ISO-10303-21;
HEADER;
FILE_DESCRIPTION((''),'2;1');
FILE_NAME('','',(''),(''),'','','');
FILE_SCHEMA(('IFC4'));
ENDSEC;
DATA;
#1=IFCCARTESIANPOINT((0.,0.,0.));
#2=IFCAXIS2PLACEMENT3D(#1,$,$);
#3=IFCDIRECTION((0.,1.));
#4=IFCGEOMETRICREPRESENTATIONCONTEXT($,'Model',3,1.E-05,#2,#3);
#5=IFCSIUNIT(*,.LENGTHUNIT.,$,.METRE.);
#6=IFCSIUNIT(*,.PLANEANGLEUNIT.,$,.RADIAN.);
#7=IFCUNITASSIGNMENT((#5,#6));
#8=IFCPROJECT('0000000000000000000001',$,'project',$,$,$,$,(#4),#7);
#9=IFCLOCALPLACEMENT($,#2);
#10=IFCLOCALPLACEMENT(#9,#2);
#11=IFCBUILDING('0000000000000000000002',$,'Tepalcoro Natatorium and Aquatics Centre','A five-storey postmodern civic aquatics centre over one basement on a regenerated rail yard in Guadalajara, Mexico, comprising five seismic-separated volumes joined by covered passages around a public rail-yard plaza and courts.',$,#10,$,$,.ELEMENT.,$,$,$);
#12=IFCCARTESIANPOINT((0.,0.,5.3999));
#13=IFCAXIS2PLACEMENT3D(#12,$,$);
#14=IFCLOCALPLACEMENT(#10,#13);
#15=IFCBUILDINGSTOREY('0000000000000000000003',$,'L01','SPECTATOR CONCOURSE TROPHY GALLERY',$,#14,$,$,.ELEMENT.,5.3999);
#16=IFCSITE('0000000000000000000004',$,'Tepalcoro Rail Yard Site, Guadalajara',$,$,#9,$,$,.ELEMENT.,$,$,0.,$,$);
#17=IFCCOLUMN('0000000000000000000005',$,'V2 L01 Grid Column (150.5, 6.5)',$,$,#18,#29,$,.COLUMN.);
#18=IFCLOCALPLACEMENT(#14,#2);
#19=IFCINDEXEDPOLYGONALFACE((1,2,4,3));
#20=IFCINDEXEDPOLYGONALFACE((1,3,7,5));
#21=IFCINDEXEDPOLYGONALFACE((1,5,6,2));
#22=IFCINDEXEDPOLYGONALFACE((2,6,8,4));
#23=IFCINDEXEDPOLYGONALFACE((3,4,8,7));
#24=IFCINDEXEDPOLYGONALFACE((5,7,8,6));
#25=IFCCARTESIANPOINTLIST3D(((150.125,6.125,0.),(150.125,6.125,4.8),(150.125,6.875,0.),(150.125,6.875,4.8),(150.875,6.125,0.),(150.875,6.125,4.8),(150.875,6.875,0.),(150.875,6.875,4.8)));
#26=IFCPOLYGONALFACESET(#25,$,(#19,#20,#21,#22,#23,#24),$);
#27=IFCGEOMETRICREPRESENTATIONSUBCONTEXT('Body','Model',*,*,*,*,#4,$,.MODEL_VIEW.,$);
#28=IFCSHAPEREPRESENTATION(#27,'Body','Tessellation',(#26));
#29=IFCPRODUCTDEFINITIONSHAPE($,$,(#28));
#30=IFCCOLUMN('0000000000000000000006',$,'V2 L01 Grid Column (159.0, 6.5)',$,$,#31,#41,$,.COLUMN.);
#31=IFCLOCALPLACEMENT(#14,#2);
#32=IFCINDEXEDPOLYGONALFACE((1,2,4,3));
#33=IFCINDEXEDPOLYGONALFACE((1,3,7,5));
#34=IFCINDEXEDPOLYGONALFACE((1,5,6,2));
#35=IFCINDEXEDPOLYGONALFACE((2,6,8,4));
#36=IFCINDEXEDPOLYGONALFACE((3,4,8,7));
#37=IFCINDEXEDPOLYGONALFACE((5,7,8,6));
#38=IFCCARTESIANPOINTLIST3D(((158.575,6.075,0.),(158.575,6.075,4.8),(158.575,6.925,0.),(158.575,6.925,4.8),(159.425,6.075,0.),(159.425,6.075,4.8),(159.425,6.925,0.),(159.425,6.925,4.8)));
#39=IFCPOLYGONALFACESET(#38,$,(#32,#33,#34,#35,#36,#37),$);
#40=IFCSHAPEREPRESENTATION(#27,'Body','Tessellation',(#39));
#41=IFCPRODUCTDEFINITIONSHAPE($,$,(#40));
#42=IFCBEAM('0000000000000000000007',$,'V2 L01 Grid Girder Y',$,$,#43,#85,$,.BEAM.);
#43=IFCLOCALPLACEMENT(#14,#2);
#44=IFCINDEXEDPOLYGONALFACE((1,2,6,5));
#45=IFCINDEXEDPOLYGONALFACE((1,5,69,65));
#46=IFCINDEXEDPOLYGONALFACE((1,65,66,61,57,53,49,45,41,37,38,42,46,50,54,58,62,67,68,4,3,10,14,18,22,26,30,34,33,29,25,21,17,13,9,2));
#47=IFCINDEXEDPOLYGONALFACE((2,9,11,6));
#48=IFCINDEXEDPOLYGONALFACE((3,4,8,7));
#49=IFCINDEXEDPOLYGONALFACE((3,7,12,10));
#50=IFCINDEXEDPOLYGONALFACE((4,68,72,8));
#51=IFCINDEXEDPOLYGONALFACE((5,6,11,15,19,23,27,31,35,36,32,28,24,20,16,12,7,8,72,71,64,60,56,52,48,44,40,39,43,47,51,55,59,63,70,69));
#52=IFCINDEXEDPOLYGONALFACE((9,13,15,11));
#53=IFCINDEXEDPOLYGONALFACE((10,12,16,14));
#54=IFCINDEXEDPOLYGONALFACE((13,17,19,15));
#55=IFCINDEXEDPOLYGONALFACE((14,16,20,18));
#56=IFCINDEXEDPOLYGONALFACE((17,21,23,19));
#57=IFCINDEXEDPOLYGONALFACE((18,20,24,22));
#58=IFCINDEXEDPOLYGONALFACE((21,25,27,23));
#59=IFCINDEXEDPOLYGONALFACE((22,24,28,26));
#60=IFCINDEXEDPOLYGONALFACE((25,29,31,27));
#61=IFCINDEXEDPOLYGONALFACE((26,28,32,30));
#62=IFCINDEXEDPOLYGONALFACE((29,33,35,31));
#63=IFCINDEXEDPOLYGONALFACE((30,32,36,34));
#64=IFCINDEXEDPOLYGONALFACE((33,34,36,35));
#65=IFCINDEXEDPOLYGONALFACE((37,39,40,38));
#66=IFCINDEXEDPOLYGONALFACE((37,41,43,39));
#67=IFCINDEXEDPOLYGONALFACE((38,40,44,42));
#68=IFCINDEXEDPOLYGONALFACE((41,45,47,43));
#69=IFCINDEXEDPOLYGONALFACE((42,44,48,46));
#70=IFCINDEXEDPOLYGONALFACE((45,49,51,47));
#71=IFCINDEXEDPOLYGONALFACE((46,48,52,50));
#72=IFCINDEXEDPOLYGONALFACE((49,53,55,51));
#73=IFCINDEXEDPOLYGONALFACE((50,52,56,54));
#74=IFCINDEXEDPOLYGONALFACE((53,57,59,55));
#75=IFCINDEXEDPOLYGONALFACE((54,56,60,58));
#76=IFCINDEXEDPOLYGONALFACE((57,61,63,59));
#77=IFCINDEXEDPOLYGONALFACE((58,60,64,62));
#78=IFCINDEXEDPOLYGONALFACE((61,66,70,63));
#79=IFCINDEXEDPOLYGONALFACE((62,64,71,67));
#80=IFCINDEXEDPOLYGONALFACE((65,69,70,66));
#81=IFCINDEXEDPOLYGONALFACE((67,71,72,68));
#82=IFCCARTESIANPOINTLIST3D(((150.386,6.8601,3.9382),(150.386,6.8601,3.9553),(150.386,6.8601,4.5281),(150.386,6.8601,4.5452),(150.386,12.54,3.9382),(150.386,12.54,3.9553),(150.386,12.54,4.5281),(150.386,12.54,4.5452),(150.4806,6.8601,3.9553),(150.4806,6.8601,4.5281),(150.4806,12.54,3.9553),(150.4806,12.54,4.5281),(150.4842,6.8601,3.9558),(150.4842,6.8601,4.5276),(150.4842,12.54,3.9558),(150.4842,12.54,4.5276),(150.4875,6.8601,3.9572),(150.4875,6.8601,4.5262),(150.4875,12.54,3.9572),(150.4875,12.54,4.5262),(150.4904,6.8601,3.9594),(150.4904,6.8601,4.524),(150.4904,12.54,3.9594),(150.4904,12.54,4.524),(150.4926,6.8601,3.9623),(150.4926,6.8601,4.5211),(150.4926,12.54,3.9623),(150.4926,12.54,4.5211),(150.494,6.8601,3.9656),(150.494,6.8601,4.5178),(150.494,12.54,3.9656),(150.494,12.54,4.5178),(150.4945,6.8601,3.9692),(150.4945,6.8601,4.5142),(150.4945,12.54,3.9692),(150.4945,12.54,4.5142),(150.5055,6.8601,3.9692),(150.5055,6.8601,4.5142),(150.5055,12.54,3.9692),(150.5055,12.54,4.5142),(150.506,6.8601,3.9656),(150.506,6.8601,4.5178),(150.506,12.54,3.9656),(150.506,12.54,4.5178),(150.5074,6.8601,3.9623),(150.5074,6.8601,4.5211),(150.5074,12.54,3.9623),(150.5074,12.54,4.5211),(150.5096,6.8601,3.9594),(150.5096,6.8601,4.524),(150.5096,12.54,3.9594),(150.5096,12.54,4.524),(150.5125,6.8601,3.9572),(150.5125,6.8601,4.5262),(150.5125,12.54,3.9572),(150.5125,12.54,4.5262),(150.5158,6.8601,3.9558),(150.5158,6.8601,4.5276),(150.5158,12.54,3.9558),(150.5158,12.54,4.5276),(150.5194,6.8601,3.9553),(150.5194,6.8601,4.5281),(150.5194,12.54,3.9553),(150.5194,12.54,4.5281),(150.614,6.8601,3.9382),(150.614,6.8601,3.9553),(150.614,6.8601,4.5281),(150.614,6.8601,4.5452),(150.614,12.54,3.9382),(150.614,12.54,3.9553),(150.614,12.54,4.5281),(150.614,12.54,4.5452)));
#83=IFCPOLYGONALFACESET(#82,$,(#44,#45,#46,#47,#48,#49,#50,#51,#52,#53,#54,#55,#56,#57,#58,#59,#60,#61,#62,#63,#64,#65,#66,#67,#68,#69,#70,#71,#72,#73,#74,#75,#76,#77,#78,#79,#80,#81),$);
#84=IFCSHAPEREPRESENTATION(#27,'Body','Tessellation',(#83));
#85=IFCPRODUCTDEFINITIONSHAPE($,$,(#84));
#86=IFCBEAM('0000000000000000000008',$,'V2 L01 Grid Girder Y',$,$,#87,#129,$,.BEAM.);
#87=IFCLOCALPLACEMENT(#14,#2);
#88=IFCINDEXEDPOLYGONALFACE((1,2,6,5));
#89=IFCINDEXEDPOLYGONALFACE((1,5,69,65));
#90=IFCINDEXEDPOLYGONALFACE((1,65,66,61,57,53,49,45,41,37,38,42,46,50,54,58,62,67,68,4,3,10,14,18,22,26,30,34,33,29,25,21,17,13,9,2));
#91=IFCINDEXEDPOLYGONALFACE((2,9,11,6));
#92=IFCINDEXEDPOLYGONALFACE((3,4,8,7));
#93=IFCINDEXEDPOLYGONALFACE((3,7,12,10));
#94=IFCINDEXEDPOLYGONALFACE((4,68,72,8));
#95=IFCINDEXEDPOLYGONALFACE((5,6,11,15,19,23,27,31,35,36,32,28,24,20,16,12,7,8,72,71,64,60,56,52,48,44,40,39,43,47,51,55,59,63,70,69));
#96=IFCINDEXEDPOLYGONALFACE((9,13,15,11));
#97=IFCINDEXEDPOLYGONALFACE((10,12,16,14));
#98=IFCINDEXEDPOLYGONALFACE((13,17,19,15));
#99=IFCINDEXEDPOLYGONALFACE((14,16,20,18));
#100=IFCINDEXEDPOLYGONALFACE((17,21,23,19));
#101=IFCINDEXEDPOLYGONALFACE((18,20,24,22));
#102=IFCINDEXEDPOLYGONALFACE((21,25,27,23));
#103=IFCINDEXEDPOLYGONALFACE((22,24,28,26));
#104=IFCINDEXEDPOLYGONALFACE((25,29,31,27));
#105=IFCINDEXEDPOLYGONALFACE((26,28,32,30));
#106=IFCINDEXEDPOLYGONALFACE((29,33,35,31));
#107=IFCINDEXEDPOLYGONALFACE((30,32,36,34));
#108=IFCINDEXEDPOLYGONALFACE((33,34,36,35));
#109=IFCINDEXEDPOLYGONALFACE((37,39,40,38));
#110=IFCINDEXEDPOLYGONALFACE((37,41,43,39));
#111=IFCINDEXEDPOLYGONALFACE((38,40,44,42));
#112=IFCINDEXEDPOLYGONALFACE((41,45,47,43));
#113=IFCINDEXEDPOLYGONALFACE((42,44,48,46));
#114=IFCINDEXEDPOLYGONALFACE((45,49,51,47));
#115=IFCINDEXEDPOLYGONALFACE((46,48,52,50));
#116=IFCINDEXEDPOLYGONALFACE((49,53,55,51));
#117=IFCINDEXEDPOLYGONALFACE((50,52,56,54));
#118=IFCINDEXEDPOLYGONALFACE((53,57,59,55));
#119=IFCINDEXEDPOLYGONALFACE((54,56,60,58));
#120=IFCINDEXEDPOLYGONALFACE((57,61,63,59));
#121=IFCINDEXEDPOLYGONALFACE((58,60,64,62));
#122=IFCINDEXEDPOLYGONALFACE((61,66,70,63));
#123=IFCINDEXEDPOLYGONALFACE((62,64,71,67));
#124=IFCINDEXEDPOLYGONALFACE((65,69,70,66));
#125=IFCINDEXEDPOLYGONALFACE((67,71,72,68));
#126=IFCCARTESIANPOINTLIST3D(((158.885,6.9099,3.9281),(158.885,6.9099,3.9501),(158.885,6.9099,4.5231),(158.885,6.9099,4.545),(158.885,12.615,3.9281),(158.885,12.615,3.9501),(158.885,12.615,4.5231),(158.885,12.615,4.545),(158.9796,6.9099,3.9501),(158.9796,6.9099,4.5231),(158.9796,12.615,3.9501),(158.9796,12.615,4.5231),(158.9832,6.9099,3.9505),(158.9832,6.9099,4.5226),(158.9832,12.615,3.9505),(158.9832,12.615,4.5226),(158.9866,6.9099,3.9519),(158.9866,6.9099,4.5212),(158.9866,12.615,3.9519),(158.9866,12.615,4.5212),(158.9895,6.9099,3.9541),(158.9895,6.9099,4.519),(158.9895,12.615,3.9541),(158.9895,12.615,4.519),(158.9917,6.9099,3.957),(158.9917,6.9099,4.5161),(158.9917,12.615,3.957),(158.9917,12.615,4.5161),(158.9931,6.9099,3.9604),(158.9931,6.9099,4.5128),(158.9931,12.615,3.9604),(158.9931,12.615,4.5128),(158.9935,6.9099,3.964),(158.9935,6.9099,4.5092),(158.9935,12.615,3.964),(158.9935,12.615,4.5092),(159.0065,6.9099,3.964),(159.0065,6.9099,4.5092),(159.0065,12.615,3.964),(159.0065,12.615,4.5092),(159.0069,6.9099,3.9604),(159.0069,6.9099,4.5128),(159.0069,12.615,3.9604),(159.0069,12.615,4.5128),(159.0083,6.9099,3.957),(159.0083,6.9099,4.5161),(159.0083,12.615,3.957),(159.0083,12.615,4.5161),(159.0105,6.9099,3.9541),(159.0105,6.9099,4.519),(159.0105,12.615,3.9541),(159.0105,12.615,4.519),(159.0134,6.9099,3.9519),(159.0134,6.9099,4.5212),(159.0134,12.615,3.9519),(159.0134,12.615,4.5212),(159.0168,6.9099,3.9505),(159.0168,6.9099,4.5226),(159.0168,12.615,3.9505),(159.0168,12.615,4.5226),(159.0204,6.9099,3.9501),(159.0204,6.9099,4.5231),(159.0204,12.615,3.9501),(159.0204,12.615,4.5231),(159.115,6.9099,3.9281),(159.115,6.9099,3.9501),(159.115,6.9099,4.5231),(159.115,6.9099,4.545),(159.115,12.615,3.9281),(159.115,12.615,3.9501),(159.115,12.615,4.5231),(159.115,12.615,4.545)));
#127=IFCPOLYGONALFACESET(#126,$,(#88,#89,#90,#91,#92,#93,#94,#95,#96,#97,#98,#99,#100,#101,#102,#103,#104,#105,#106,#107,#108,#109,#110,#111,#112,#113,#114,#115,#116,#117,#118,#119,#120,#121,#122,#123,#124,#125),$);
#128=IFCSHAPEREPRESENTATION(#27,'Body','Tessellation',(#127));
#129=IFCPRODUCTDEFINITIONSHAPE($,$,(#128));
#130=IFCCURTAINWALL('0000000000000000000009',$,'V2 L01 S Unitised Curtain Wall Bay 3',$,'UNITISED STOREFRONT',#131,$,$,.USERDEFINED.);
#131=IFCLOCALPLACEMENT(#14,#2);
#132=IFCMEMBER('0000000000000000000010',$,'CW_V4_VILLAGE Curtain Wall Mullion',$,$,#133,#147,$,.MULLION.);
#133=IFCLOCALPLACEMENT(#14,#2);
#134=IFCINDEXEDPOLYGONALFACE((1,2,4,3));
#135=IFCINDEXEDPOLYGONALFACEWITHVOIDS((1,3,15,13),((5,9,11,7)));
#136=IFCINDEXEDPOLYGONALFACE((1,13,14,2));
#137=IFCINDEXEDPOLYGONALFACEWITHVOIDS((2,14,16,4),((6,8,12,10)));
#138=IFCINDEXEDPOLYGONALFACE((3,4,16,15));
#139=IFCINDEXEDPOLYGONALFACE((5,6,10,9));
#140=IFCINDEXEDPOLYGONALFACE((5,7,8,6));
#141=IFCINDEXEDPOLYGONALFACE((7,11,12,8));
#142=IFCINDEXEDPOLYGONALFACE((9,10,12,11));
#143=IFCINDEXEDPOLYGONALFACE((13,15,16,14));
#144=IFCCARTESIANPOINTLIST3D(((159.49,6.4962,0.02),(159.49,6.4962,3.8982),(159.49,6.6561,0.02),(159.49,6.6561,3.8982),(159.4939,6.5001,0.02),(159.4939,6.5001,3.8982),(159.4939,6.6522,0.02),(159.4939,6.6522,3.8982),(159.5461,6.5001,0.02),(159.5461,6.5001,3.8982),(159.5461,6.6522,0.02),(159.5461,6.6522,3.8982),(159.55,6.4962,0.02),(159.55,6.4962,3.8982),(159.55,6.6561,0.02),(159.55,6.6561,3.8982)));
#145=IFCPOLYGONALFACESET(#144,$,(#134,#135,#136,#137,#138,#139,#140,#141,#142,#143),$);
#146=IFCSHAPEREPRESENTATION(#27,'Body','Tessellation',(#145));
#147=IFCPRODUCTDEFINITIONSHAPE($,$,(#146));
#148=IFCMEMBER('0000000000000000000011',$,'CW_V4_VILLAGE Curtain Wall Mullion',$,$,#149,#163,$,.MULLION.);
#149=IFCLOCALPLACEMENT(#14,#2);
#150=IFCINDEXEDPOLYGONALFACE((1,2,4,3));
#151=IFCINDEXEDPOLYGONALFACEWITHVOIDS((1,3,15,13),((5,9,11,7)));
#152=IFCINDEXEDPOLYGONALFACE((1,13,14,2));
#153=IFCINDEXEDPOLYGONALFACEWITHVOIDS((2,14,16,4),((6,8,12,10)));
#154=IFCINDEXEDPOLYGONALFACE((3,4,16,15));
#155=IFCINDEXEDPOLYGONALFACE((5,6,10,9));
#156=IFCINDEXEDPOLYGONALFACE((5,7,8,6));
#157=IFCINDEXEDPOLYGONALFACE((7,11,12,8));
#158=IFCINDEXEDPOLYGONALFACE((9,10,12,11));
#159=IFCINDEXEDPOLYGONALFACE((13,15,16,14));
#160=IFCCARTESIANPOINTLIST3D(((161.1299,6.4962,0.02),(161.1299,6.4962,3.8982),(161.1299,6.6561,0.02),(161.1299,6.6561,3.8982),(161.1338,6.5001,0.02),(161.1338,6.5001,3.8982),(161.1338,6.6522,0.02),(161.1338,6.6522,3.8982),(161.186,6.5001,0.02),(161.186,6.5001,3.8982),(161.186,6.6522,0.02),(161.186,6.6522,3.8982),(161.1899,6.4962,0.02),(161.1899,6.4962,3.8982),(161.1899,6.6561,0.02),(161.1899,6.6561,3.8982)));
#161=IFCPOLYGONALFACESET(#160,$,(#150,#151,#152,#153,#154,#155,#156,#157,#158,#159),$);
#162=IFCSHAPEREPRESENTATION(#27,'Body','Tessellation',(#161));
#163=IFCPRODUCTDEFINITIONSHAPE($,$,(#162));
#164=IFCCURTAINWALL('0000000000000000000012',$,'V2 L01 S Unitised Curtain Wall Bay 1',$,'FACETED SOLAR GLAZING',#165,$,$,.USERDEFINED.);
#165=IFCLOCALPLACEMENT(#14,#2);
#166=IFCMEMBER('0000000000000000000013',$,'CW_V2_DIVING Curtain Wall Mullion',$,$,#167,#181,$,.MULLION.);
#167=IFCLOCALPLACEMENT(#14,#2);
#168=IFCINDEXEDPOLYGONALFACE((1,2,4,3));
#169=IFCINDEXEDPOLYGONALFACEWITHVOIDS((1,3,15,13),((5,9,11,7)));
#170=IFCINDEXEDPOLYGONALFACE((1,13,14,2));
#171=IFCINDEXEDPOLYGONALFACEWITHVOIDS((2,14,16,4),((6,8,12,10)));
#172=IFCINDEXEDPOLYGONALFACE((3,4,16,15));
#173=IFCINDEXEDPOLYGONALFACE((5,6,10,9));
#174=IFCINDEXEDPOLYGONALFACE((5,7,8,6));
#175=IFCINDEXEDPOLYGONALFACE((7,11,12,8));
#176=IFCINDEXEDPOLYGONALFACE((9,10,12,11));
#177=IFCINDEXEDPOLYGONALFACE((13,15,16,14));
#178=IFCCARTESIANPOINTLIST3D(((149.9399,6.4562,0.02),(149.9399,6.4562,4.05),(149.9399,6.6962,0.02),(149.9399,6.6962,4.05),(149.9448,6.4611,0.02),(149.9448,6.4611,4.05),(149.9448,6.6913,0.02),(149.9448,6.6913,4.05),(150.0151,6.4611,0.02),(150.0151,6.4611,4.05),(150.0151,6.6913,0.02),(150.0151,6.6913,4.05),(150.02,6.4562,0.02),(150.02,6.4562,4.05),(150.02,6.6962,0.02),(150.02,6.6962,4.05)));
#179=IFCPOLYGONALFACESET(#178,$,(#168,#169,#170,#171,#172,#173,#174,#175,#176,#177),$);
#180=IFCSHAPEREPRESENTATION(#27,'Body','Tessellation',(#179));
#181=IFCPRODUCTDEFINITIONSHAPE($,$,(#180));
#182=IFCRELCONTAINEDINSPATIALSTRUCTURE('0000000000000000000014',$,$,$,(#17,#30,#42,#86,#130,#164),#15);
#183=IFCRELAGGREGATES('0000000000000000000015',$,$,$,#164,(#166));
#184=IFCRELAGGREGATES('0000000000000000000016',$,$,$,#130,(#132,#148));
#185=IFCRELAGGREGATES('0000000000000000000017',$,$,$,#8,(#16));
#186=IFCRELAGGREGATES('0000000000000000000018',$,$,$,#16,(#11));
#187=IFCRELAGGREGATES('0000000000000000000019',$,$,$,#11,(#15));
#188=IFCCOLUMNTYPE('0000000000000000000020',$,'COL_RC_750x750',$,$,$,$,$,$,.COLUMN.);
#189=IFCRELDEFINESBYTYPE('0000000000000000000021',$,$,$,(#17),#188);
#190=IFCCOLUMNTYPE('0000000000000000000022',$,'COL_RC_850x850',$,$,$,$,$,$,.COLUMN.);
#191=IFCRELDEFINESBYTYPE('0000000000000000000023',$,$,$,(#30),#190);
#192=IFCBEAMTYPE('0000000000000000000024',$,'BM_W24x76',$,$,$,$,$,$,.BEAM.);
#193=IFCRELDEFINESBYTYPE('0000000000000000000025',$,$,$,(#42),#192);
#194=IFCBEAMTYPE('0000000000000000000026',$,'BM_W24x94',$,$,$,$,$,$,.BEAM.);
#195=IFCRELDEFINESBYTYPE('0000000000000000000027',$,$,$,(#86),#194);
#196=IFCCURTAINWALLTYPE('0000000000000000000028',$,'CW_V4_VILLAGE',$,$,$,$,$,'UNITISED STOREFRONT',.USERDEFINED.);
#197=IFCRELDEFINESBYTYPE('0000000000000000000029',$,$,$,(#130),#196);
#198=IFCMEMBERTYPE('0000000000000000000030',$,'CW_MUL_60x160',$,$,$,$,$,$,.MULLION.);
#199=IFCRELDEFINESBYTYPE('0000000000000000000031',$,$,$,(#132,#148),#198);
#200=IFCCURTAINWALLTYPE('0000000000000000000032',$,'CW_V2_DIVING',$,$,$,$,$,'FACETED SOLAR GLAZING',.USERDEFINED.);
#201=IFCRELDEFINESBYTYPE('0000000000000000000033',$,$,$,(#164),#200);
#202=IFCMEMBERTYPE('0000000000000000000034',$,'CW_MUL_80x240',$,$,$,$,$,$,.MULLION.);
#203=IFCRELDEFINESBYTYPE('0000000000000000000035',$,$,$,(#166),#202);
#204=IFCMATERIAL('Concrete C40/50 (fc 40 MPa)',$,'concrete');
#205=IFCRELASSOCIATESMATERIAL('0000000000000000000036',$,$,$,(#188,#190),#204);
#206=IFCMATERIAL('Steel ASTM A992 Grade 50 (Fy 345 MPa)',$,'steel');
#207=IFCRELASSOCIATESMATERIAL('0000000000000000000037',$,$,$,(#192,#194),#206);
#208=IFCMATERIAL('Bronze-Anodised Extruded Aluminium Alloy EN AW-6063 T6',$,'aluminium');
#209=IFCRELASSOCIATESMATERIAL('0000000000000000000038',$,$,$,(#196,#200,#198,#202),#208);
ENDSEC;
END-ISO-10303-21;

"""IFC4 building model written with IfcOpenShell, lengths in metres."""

from ifc_helpers import new_model, si_unit, direction, frame, origin, origin_2d, place, context, subcontext, project, spatial, rectangle, hollow_rectangle, i_section, extrude, material, material_profile, profile_set, type_object, element, aggregate, save


model = new_model("IFC4")

# Units and contexts
model_context = context("Model", 3, precision=1e-05, world=origin(), true_north=direction((0.0, 1.0)))
body_context = subcontext(model_context, "Body", "Model", "MODEL_VIEW")
ifc_project = project(units=[si_unit("LENGTHUNIT", "METRE"), si_unit("PLANEANGLEUNIT", "RADIAN")], contexts=[model_context])

# Site, building, storey
site_placement = place(None, origin())
site = spatial("IfcSite", under=ifc_project, at=site_placement, Name="Tepalcoro Rail Yard Site, Guadalajara", CompositionType="ELEMENT", RefElevation=0.0)
building_placement = place(site_placement, origin())
building = spatial("IfcBuilding", under=site, at=building_placement, Name="Tepalcoro Natatorium and Aquatics Centre", Description="A five-storey postmodern civic aquatics centre over one basement on a regenerated rail yard in Guadalajara, Mexico, comprising five seismic-separated volumes joined by covered passages around a public rail-yard plaza and courts.", CompositionType="ELEMENT")
storey_placement = place(building_placement, frame((0.0, 0.0, 5.3999)))
storey = spatial("IfcBuildingStorey", under=building, at=storey_placement, Name="L01", Description="SPECTATOR CONCOURSE TROPHY GALLERY", CompositionType="ELEMENT", Elevation=5.3999)

# Columns
ifc_material_1 = material(Name="Concrete C40/50 (fc 40 MPa)", Category="concrete")
ifc_material_profile_1 = material_profile(ifc_material_1, rectangle(XDim=0.75, YDim=0.75, at=origin_2d()), Name="RC750x750")
ifc_profile_set_1 = profile_set([ifc_material_profile_1], Name="Concrete C40/50 (fc 40 MPa)")
column_type_1 = type_object("IfcColumnType", Name="COL_RC_750x750", PredefinedType="COLUMN", material=ifc_profile_set_1)
column_1_placement = place(storey_placement, frame((150.5, 6.5, 0.0), z_axis=(0.0, 0.0, 1.0), x_axis=(1.0, 0.0, 0.0)))
element("IfcColumn", 1, at=column_1_placement, inside=storey, type_object=column_type_1, Name="V2 L01 Grid Column (150.5, 6.5)", PredefinedType="COLUMN", context=body_context, shape_type="SweptSolid", body=[
    extrude(rectangle(XDim=0.75, YDim=0.75, at=origin_2d()), origin(), (0.0, 0.0, 1.0), 4.8),
])
ifc_material_profile_2 = material_profile(ifc_material_1, rectangle(XDim=0.8501, YDim=0.8501, at=origin_2d()), Name="RC850x850")
ifc_profile_set_2 = profile_set([ifc_material_profile_2], Name="Concrete C40/50 (fc 40 MPa)")
column_type_2 = type_object("IfcColumnType", Name="COL_RC_850x850", PredefinedType="COLUMN", material=ifc_profile_set_2)
column_2_placement = place(storey_placement, frame((159.0, 6.5, 0.0), z_axis=(0.0, 0.0, 1.0), x_axis=(1.0, 0.0, 0.0)))
element("IfcColumn", 2, at=column_2_placement, inside=storey, type_object=column_type_2, Name="V2 L01 Grid Column (159.0, 6.5)", PredefinedType="COLUMN", context=body_context, shape_type="SweptSolid", body=[
    extrude(rectangle(XDim=0.8501, YDim=0.8501, at=origin_2d()), origin(), (0.0, 0.0, 1.0), 4.8),
])

# Beams
ifc_material_2 = material(Name="Steel ASTM A992 Grade 50 (Fy 345 MPa)", Category="steel")
ifc_material_profile_3 = material_profile(ifc_material_2, i_section(OverallWidth=0.228, OverallDepth=0.6069, WebThickness=0.011, FlangeThickness=0.0171, FilletRadius=0.0139, at=origin_2d()), Name="W24X76")
ifc_profile_set_3 = profile_set([ifc_material_profile_3], Name="Steel ASTM A992 Grade 50 (Fy 345 MPa)")
beam_type_1 = type_object("IfcBeamType", Name="BM_W24x76", PredefinedType="BEAM", material=ifc_profile_set_3)
beam_1_placement = place(storey_placement, frame((150.5, 6.8601, 4.2417), z_axis=(0.0, 1.0, 0.0), x_axis=(-1.0, 0.0, 0.0)))
element("IfcBeam", 3, at=beam_1_placement, inside=storey, type_object=beam_type_1, Name="V2 L01 Grid Girder Y", PredefinedType="BEAM", context=body_context, shape_type="SweptSolid", body=[
    extrude(i_section(OverallWidth=0.228, OverallDepth=0.6069, WebThickness=0.011, FlangeThickness=0.0171, FilletRadius=0.0139, at=origin_2d()), origin(), (0.0, 0.0, 1.0), 5.6799),
])
ifc_material_profile_4 = material_profile(ifc_material_2, i_section(OverallWidth=0.23, OverallDepth=0.6169, WebThickness=0.0129, FlangeThickness=0.022, FilletRadius=0.0139, at=origin_2d()), Name="W24X94")
ifc_profile_set_4 = profile_set([ifc_material_profile_4], Name="Steel ASTM A992 Grade 50 (Fy 345 MPa)")
beam_type_2 = type_object("IfcBeamType", Name="BM_W24x94", PredefinedType="BEAM", material=ifc_profile_set_4)
beam_2_placement = place(storey_placement, frame((159.0, 6.9099, 4.2366), z_axis=(0.0, 1.0, 0.0), x_axis=(-1.0, 0.0, 0.0)))
element("IfcBeam", 4, at=beam_2_placement, inside=storey, type_object=beam_type_2, Name="V2 L01 Grid Girder Y", PredefinedType="BEAM", context=body_context, shape_type="SweptSolid", body=[
    extrude(i_section(OverallWidth=0.23, OverallDepth=0.6169, WebThickness=0.0129, FlangeThickness=0.022, FilletRadius=0.0139, at=origin_2d()), origin(), (0.0, 0.0, 1.0), 5.7051),
])

# Curtain wall, members
ifc_material_3 = material(Name="Bronze-Anodised Extruded Aluminium Alloy EN AW-6063 T6", Category="aluminium")
curtain_wall_type_1 = type_object("IfcCurtainWallType", Name="CW_V4_VILLAGE", ElementType="UNITISED STOREFRONT", PredefinedType="USERDEFINED", material=ifc_material_3)
curtain_wall_1_placement = place(storey_placement, origin())
curtain_wall_1 = element("IfcCurtainWall", 5, at=curtain_wall_1_placement, inside=storey, type_object=curtain_wall_type_1, Name="V2 L01 S Unitised Curtain Wall Bay 3", ObjectType="UNITISED STOREFRONT", PredefinedType="USERDEFINED")
ifc_material_profile_5 = material_profile(ifc_material_3, hollow_rectangle(XDim=0.0601, YDim=0.1599, WallThickness=0.0039, at=origin_2d()), Name="AL60X160X4")
ifc_profile_set_5 = profile_set([ifc_material_profile_5], Name="Bronze-Anodised Extruded Aluminium Alloy EN AW-6063 T6")
member_type_1 = type_object("IfcMemberType", Name="CW_MUL_60x160", PredefinedType="MULLION", material=ifc_profile_set_5)
member_1_placement = place(storey_placement, frame((159.52, 6.5762, 0.02), z_axis=(0.0, 0.0, 1.0), x_axis=(1.0, 0.0, 0.0)))
member_1 = element("IfcMember", 6, at=member_1_placement, type_object=member_type_1, Name="CW_V4_VILLAGE Curtain Wall Mullion", PredefinedType="MULLION", context=body_context, shape_type="SweptSolid", body=[
    extrude(hollow_rectangle(XDim=0.0601, YDim=0.1599, WallThickness=0.0039, at=origin_2d()), origin(), (0.0, 0.0, 1.0), 3.8782),
])
member_2_placement = place(storey_placement, frame((161.1599, 6.5762, 0.02), z_axis=(0.0, 0.0, 1.0), x_axis=(1.0, 0.0, 0.0)))
member_2 = element("IfcMember", 7, at=member_2_placement, type_object=member_type_1, Name="CW_V4_VILLAGE Curtain Wall Mullion", PredefinedType="MULLION", context=body_context, shape_type="SweptSolid", body=[
    extrude(hollow_rectangle(XDim=0.0601, YDim=0.1599, WallThickness=0.0039, at=origin_2d()), origin(), (0.0, 0.0, 1.0), 3.8782),
])

# Curtain wall, member
curtain_wall_type_2 = type_object("IfcCurtainWallType", Name="CW_V2_DIVING", ElementType="FACETED SOLAR GLAZING", PredefinedType="USERDEFINED", material=ifc_material_3)
curtain_wall_2_placement = place(storey_placement, origin())
curtain_wall_2 = element("IfcCurtainWall", 8, at=curtain_wall_2_placement, inside=storey, type_object=curtain_wall_type_2, Name="V2 L01 S Unitised Curtain Wall Bay 1", ObjectType="FACETED SOLAR GLAZING", PredefinedType="USERDEFINED")
ifc_material_profile_6 = material_profile(ifc_material_3, hollow_rectangle(XDim=0.0801, YDim=0.24, WallThickness=0.0049, at=origin_2d()), Name="AL80X240X5")
ifc_profile_set_6 = profile_set([ifc_material_profile_6], Name="Bronze-Anodised Extruded Aluminium Alloy EN AW-6063 T6")
member_type_2 = type_object("IfcMemberType", Name="CW_MUL_80x240", PredefinedType="MULLION", material=ifc_profile_set_6)
member_3_placement = place(storey_placement, frame((149.98, 6.5762, 0.02), z_axis=(0.0, 0.0, 1.0), x_axis=(1.0, 0.0, 0.0)))
member_3 = element("IfcMember", 9, at=member_3_placement, type_object=member_type_2, Name="CW_V2_DIVING Curtain Wall Mullion", PredefinedType="MULLION", context=body_context, shape_type="SweptSolid", body=[
    extrude(hollow_rectangle(XDim=0.0801, YDim=0.24, WallThickness=0.0049, at=origin_2d()), origin(), (0.0, 0.0, 1.0), 4.03),
])
aggregate(curtain_wall_2, [member_3])

aggregate(curtain_wall_1, [member_1, member_2])

save(model, "model.ifc")
